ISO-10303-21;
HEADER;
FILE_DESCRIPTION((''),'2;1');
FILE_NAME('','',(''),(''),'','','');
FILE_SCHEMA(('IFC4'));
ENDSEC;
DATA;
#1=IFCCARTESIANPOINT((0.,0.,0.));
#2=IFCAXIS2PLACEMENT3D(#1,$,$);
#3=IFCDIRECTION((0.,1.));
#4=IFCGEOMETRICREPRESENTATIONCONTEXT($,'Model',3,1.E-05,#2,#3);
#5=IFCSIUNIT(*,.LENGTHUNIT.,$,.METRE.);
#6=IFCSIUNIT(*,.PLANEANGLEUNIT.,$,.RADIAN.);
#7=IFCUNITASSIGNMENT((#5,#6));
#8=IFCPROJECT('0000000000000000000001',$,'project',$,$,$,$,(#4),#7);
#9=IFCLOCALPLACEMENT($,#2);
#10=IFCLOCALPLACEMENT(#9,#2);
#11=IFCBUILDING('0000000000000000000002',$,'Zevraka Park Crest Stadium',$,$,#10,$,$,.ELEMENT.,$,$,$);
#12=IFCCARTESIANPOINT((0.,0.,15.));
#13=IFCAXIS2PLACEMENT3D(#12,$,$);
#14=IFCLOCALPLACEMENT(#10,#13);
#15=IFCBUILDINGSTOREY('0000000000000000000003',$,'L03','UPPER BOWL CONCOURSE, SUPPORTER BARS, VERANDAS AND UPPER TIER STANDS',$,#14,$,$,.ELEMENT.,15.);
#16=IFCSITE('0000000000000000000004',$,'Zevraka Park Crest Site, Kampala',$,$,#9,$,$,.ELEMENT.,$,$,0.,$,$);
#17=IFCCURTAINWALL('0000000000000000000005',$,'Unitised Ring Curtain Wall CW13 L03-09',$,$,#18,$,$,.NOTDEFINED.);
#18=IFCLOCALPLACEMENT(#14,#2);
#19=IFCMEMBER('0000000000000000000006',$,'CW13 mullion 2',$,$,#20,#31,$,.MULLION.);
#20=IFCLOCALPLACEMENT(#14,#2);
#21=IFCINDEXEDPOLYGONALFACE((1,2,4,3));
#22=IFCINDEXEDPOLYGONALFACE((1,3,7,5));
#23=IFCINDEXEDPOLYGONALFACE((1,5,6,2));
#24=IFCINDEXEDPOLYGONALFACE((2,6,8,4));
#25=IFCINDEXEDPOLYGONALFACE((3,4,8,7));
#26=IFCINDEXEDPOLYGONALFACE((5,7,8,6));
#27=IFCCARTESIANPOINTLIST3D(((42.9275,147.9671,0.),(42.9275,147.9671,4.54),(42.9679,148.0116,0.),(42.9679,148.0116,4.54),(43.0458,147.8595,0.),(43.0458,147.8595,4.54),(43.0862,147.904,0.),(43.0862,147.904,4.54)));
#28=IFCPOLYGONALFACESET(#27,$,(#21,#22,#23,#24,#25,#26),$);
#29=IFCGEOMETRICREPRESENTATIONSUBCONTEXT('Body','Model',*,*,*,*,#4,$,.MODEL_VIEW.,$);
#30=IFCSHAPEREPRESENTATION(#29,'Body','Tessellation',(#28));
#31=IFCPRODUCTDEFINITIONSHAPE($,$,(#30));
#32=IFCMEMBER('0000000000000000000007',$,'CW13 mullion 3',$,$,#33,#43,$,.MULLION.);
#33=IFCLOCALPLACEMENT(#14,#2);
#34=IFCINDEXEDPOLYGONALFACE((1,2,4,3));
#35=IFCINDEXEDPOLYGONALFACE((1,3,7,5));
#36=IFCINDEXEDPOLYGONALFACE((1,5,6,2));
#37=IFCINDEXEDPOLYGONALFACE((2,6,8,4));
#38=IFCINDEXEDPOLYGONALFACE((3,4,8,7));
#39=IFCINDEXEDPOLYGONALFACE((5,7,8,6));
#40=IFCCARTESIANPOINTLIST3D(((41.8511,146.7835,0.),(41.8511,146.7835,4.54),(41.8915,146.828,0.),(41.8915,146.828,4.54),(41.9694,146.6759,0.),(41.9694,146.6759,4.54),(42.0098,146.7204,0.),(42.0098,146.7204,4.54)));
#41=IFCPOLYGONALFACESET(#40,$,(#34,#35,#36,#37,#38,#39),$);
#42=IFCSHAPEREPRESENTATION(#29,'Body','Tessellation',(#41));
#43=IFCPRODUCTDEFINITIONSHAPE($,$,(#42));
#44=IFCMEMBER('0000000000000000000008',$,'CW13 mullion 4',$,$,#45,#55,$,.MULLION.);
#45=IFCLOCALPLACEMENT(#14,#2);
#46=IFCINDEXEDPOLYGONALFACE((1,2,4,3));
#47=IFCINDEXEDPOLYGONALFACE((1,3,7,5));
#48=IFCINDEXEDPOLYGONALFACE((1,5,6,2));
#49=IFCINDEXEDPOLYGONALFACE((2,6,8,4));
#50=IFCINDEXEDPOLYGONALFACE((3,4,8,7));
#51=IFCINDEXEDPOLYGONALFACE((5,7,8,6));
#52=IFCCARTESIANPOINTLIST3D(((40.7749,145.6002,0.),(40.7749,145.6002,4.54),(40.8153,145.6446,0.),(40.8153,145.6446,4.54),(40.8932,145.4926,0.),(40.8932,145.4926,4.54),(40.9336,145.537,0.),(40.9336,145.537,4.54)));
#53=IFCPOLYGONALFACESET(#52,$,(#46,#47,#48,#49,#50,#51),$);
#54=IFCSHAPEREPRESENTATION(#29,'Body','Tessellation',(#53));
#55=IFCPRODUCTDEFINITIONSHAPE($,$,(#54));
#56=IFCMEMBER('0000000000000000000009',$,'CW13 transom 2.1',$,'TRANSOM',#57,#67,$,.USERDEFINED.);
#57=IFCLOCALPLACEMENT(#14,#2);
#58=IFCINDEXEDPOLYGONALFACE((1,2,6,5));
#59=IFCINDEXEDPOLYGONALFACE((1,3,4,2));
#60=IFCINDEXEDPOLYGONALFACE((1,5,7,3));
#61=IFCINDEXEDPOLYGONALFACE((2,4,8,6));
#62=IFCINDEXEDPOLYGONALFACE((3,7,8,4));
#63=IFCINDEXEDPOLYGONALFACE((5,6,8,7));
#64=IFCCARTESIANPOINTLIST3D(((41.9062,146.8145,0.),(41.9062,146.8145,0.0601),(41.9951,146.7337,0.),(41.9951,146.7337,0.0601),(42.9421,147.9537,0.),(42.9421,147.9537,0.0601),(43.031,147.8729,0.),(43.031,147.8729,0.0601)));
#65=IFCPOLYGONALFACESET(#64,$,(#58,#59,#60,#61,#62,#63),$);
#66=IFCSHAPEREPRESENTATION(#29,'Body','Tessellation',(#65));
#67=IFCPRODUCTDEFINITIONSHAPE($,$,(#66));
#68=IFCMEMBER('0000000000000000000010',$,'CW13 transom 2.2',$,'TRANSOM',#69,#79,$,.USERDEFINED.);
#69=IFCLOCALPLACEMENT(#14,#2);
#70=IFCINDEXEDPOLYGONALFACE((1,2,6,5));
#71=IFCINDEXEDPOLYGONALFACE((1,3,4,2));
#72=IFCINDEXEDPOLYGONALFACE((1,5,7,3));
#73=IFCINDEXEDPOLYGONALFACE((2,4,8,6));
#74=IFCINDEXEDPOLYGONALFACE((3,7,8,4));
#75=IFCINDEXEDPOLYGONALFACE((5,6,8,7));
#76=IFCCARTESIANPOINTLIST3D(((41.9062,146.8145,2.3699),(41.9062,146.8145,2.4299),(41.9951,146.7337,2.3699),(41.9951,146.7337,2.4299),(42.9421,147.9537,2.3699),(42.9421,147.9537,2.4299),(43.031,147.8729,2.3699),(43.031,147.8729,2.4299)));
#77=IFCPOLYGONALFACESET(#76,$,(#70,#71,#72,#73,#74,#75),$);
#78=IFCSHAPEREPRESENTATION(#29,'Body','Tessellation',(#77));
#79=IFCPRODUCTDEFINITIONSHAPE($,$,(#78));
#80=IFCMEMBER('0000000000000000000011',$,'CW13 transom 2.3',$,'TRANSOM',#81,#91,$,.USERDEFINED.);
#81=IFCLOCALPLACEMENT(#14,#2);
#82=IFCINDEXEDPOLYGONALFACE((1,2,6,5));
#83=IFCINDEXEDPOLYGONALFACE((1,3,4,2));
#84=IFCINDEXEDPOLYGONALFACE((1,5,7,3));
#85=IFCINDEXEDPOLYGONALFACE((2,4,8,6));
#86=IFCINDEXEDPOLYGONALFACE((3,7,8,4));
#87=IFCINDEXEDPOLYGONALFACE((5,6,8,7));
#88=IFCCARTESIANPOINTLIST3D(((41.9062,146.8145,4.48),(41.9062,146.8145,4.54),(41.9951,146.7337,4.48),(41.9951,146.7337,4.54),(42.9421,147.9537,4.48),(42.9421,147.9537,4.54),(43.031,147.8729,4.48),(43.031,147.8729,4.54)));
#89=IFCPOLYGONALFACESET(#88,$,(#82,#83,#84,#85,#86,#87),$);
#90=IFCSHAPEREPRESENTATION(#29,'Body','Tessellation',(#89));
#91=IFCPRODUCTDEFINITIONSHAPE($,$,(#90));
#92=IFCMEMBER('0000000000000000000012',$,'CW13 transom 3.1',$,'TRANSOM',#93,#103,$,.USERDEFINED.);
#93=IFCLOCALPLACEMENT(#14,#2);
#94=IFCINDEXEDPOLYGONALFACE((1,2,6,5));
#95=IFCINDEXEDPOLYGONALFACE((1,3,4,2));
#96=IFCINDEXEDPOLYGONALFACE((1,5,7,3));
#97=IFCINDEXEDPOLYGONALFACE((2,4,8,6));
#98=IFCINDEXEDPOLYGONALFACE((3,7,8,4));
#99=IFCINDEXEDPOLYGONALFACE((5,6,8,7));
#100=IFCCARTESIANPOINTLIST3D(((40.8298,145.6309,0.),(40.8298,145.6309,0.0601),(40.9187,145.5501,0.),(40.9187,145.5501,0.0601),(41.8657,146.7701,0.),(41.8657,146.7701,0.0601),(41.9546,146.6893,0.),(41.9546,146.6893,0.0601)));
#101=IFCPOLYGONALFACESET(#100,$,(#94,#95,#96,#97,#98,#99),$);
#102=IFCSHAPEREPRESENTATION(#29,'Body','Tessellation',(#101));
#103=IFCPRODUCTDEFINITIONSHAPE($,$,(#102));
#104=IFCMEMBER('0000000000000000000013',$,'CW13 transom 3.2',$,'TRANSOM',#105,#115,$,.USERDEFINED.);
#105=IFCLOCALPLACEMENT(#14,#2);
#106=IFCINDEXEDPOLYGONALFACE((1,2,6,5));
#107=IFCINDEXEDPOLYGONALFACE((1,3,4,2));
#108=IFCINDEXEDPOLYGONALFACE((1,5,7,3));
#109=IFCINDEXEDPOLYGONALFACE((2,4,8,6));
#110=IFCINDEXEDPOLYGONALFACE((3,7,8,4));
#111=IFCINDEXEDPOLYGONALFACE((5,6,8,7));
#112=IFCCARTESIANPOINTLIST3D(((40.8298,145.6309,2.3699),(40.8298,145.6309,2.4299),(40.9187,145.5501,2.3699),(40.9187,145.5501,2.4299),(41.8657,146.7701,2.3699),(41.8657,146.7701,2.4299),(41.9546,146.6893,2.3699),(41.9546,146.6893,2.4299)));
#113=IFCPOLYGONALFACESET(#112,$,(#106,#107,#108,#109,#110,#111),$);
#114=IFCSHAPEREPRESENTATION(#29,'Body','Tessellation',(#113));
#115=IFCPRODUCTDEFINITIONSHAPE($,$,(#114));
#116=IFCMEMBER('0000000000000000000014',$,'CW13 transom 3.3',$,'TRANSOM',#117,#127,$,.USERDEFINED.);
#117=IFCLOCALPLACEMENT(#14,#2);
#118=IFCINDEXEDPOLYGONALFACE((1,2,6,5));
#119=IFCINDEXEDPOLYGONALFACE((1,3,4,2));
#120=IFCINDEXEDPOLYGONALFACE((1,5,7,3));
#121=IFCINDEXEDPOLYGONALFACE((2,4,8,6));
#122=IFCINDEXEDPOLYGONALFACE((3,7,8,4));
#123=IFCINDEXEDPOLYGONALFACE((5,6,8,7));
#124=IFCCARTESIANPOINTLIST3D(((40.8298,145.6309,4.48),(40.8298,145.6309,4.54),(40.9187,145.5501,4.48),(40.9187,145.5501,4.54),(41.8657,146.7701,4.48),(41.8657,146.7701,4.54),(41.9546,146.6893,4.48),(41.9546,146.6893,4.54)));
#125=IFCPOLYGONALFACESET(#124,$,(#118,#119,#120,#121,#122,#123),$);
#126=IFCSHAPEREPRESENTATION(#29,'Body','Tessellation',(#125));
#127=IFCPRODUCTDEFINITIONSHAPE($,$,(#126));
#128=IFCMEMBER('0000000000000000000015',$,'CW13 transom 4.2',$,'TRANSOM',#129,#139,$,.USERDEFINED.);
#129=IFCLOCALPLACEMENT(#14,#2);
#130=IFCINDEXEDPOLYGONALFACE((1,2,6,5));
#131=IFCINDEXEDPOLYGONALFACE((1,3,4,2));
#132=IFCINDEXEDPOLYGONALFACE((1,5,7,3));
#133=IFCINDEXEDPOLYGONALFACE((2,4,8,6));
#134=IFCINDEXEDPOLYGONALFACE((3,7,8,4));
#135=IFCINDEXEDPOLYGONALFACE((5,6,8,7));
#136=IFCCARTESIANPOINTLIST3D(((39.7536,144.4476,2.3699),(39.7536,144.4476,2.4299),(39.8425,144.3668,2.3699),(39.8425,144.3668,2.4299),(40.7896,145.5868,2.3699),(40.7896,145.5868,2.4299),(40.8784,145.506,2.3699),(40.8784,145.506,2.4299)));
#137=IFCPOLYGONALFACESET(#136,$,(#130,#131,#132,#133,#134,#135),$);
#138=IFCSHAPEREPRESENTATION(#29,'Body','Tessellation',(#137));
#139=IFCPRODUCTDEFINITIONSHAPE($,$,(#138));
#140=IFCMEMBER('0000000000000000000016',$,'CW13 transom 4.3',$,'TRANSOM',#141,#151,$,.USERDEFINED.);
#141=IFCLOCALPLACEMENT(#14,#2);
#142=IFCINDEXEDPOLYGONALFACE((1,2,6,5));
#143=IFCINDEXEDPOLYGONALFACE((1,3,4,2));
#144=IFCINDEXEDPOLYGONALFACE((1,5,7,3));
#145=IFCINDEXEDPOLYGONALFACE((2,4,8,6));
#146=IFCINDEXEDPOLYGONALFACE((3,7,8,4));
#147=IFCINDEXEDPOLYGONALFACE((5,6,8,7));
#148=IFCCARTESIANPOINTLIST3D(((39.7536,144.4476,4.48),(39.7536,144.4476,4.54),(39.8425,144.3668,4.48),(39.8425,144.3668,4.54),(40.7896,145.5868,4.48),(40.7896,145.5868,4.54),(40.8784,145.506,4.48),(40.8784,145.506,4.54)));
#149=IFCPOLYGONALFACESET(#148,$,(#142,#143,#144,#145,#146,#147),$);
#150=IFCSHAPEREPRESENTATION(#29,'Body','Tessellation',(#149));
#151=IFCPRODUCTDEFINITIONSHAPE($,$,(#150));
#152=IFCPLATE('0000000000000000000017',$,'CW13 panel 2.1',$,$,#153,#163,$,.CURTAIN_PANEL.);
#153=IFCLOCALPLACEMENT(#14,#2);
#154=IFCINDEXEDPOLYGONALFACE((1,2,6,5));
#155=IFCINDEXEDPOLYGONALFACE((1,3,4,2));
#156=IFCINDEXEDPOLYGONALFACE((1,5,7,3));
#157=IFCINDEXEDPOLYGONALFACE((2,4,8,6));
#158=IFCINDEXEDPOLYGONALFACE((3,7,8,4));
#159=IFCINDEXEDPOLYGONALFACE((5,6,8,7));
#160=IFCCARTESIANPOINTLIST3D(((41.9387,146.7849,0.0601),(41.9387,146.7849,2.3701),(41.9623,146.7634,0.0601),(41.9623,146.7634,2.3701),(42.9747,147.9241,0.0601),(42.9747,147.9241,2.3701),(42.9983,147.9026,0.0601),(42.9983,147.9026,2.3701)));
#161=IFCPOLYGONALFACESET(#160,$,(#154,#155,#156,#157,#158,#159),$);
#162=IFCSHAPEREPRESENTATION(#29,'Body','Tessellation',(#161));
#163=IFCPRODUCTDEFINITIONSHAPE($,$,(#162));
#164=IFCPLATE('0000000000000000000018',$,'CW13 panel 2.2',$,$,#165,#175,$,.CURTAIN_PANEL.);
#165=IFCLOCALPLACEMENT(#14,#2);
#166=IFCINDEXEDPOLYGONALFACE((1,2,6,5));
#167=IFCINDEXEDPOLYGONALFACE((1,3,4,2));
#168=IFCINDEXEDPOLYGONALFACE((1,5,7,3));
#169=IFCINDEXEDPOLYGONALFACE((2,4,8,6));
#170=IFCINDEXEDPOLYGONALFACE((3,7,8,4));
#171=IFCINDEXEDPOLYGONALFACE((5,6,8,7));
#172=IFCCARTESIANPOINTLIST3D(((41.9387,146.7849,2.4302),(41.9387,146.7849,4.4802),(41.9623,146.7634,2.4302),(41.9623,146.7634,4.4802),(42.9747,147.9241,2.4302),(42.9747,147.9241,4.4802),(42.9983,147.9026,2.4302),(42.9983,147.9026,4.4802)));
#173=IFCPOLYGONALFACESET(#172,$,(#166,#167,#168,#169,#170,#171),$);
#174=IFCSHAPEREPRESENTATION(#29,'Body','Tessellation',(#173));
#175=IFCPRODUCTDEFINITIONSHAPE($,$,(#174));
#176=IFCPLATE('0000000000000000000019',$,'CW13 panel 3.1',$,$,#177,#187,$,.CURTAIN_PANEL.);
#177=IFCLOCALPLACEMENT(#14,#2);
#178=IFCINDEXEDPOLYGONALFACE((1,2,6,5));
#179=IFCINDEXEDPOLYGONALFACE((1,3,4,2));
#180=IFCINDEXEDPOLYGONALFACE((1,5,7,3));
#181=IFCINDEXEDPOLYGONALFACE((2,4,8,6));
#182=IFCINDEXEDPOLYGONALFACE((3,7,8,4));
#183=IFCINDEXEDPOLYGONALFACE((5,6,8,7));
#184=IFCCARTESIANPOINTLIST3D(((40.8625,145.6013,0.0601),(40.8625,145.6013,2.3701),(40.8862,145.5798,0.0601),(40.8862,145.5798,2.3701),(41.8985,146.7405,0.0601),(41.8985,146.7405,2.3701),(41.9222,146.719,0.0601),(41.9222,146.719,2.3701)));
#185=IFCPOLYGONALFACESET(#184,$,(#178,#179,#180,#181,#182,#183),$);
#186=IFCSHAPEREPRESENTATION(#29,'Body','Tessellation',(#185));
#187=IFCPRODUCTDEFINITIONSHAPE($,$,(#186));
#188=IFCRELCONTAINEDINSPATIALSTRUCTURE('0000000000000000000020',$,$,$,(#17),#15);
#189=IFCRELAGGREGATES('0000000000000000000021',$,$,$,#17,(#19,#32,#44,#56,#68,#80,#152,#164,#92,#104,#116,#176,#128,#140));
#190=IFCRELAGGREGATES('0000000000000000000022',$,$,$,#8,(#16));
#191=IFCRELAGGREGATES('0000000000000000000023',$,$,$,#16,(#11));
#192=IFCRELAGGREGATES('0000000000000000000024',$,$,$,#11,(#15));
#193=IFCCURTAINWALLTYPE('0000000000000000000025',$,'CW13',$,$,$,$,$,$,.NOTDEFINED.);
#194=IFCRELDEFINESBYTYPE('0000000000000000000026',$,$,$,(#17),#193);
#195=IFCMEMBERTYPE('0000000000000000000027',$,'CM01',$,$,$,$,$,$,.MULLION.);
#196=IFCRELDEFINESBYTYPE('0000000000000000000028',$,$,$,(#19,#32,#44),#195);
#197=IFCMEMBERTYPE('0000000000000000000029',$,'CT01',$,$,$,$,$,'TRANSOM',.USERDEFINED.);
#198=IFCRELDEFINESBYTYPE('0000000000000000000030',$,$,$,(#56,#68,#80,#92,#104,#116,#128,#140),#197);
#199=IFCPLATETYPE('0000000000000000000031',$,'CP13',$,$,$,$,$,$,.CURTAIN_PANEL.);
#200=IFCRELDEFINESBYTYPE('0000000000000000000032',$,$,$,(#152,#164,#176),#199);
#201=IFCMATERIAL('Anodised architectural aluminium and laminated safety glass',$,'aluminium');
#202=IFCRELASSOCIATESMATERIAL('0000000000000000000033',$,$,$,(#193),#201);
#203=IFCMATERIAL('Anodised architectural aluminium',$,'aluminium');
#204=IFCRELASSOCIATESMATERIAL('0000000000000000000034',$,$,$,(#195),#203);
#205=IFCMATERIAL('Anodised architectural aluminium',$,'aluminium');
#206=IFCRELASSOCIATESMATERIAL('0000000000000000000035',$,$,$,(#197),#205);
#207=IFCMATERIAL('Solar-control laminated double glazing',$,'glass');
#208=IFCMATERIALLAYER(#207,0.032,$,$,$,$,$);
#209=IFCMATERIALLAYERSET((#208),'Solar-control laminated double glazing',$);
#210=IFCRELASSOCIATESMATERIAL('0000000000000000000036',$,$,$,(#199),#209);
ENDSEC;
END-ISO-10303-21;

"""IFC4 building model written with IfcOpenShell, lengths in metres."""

from ifc_helpers import new_model, si_unit, direction, frame, origin, origin_2d, place, context, subcontext, project, spatial, rectangle, extrude, material, layer, layer_set, material_profile, profile_set, type_object, element, aggregate, save


model = new_model("IFC4")

# Units and contexts
model_context = context("Model", 3, precision=1e-05, world=origin(), true_north=direction((0.0, 1.0)))
body_context = subcontext(model_context, "Body", "Model", "MODEL_VIEW")
ifc_project = project(units=[si_unit("LENGTHUNIT", "METRE"), si_unit("PLANEANGLEUNIT", "RADIAN")], contexts=[model_context])

# Site, building, storey
site_placement = place(None, origin())
site = spatial("IfcSite", under=ifc_project, at=site_placement, Name="Zevraka Park Crest Site, Kampala", CompositionType="ELEMENT", RefElevation=0.0)
building_placement = place(site_placement, origin())
building = spatial("IfcBuilding", under=site, at=building_placement, Name="Zevraka Park Crest Stadium", CompositionType="ELEMENT")
storey_placement = place(building_placement, frame((0.0, 0.0, 15.0)))
storey = spatial("IfcBuildingStorey", under=building, at=storey_placement, Name="L03", Description="UPPER BOWL CONCOURSE, SUPPORTER BARS, VERANDAS AND UPPER TIER STANDS", CompositionType="ELEMENT", Elevation=15.0)

# Curtain wall, members, plates
ifc_material_1 = material(Name="Anodised architectural aluminium and laminated safety glass", Category="aluminium")
curtain_wall_type = type_object("IfcCurtainWallType", Name="CW13", PredefinedType="NOTDEFINED", material=ifc_material_1)
curtain_wall_placement = place(storey_placement, origin())
curtain_wall = element("IfcCurtainWall", 1, at=curtain_wall_placement, inside=storey, type_object=curtain_wall_type, Name="Unitised Ring Curtain Wall CW13 L03-09", PredefinedType="NOTDEFINED")
ifc_material_2 = material(Name="Anodised architectural aluminium", Category="aluminium")
ifc_material_profile_1 = material_profile(ifc_material_2, rectangle(XDim=0.1599, YDim=0.0601, at=origin_2d()), Name="ALU MULLION 160x60")
ifc_profile_set_1 = profile_set([ifc_material_profile_1], Name="Anodised architectural aluminium")
member_type_1 = type_object("IfcMemberType", Name="CM01", PredefinedType="MULLION", material=ifc_profile_set_1)
member_1_placement = place(storey_placement, frame((43.0068, 147.9355, 0.0), z_axis=(0.0, 0.0, 1.0), x_axis=(0.739823, -0.672802, 0.0)))
member_1 = element("IfcMember", 2, at=member_1_placement, type_object=member_type_1, Name="CW13 mullion 2", PredefinedType="MULLION", context=body_context, shape_type="SweptSolid", body=[
    extrude(rectangle(XDim=0.1599, YDim=0.0601, at=origin_2d()), origin(), (0.0, 0.0, 1.0), 4.54),
])
member_2_placement = place(storey_placement, frame((41.9304, 146.752, 0.0), z_axis=(0.0, 0.0, 1.0), x_axis=(0.739823, -0.672802, 0.0)))
member_2 = element("IfcMember", 3, at=member_2_placement, type_object=member_type_1, Name="CW13 mullion 3", PredefinedType="MULLION", context=body_context, shape_type="SweptSolid", body=[
    extrude(rectangle(XDim=0.1599, YDim=0.0601, at=origin_2d()), origin(), (0.0, 0.0, 1.0), 4.54),
])
member_3_placement = place(storey_placement, frame((40.8542, 145.5686, 0.0), z_axis=(0.0, 0.0, 1.0), x_axis=(0.739823, -0.672802, 0.0)))
member_3 = element("IfcMember", 4, at=member_3_placement, type_object=member_type_1, Name="CW13 mullion 4", PredefinedType="MULLION", context=body_context, shape_type="SweptSolid", body=[
    extrude(rectangle(XDim=0.1599, YDim=0.0601, at=origin_2d()), origin(), (0.0, 0.0, 1.0), 4.54),
])
ifc_material_3 = material(Name="Anodised architectural aluminium", Category="aluminium")
ifc_material_profile_2 = material_profile(ifc_material_3, rectangle(XDim=0.1201, YDim=0.0601, at=origin_2d()), Name="ALU TRANSOM 120x60")
ifc_profile_set_2 = profile_set([ifc_material_profile_2], Name="Anodised architectural aluminium")
member_type_2 = type_object("IfcMemberType", Name="CT01", ElementType="TRANSOM", PredefinedType="USERDEFINED", material=ifc_profile_set_2)
member_4_placement = place(storey_placement, frame((42.9866, 147.9133, 0.03), z_axis=(-0.672775, -0.739847, 0.0), x_axis=(0.739847, -0.672775, 0.0)))
member_4 = element("IfcMember", 5, at=member_4_placement, type_object=member_type_2, Name="CW13 transom 2.1", ObjectType="TRANSOM", PredefinedType="USERDEFINED", context=body_context, shape_type="SweptSolid", body=[
    extrude(rectangle(XDim=0.1201, YDim=0.0601, at=origin_2d()), origin(), (0.0, 0.0, 1.0), 1.5398),
])
member_5_placement = place(storey_placement, frame((42.9866, 147.9133, 2.3999), z_axis=(-0.672775, -0.739847, 0.0), x_axis=(0.739847, -0.672775, 0.0)))
member_5 = element("IfcMember", 6, at=member_5_placement, type_object=member_type_2, Name="CW13 transom 2.2", ObjectType="TRANSOM", PredefinedType="USERDEFINED", context=body_context, shape_type="SweptSolid", body=[
    extrude(rectangle(XDim=0.1201, YDim=0.0601, at=origin_2d()), origin(), (0.0, 0.0, 1.0), 1.5398),
])
member_6_placement = place(storey_placement, frame((42.9866, 147.9133, 4.51), z_axis=(-0.672775, -0.739847, 0.0), x_axis=(0.739847, -0.672775, 0.0)))
member_6 = element("IfcMember", 7, at=member_6_placement, type_object=member_type_2, Name="CW13 transom 2.3", ObjectType="TRANSOM", PredefinedType="USERDEFINED", context=body_context, shape_type="SweptSolid", body=[
    extrude(rectangle(XDim=0.1201, YDim=0.0601, at=origin_2d()), origin(), (0.0, 0.0, 1.0), 1.5398),
])
member_7_placement = place(storey_placement, frame((41.9102, 146.7297, 0.03), z_axis=(-0.672775, -0.739847, 0.0), x_axis=(0.739847, -0.672775, 0.0)))
member_7 = element("IfcMember", 8, at=member_7_placement, type_object=member_type_2, Name="CW13 transom 3.1", ObjectType="TRANSOM", PredefinedType="USERDEFINED", context=body_context, shape_type="SweptSolid", body=[
    extrude(rectangle(XDim=0.1201, YDim=0.0601, at=origin_2d()), origin(), (0.0, 0.0, 1.0), 1.5398),
])
member_8_placement = place(storey_placement, frame((41.9102, 146.7297, 2.3999), z_axis=(-0.672775, -0.739847, 0.0), x_axis=(0.739847, -0.672775, 0.0)))
member_8 = element("IfcMember", 9, at=member_8_placement, type_object=member_type_2, Name="CW13 transom 3.2", ObjectType="TRANSOM", PredefinedType="USERDEFINED", context=body_context, shape_type="SweptSolid", body=[
    extrude(rectangle(XDim=0.1201, YDim=0.0601, at=origin_2d()), origin(), (0.0, 0.0, 1.0), 1.5398),
])
member_9_placement = place(storey_placement, frame((41.9102, 146.7297, 4.51), z_axis=(-0.672775, -0.739847, 0.0), x_axis=(0.739847, -0.672775, 0.0)))
member_9 = element("IfcMember", 10, at=member_9_placement, type_object=member_type_2, Name="CW13 transom 3.3", ObjectType="TRANSOM", PredefinedType="USERDEFINED", context=body_context, shape_type="SweptSolid", body=[
    extrude(rectangle(XDim=0.1201, YDim=0.0601, at=origin_2d()), origin(), (0.0, 0.0, 1.0), 1.5398),
])
member_10_placement = place(storey_placement, frame((40.834, 145.5464, 2.3999), z_axis=(-0.672775, -0.739847, 0.0), x_axis=(0.739847, -0.672775, 0.0)))
member_10 = element("IfcMember", 11, at=member_10_placement, type_object=member_type_2, Name="CW13 transom 4.2", ObjectType="TRANSOM", PredefinedType="USERDEFINED", context=body_context, shape_type="SweptSolid", body=[
    extrude(rectangle(XDim=0.1201, YDim=0.0601, at=origin_2d()), origin(), (0.0, 0.0, 1.0), 1.5398),
])
member_11_placement = place(storey_placement, frame((40.834, 145.5464, 4.51), z_axis=(-0.672775, -0.739847, 0.0), x_axis=(0.739847, -0.672775, 0.0)))
member_11 = element("IfcMember", 12, at=member_11_placement, type_object=member_type_2, Name="CW13 transom 4.3", ObjectType="TRANSOM", PredefinedType="USERDEFINED", context=body_context, shape_type="SweptSolid", body=[
    extrude(rectangle(XDim=0.1201, YDim=0.0601, at=origin_2d()), origin(), (0.0, 0.0, 1.0), 1.5398),
])
ifc_material_4 = material(Name="Solar-control laminated double glazing", Category="glass")
ifc_layer_1 = layer(ifc_material_4, 0.032)
ifc_layer_set_1 = layer_set([ifc_layer_1], Name="Solar-control laminated double glazing")
plate_type = type_object("IfcPlateType", Name="CP13", PredefinedType="CURTAIN_PANEL", material=ifc_layer_set_1)
plate_1_placement = place(storey_placement, frame((42.4685, 147.3438, 0.0601), z_axis=(0.0, 0.0, 1.0), x_axis=(-0.672802, -0.739823, 0.0)))
plate_1 = element("IfcPlate", 13, at=plate_1_placement, type_object=plate_type, Name="CW13 panel 2.1", PredefinedType="CURTAIN_PANEL", context=body_context, shape_type="SweptSolid", body=[
    extrude(rectangle(XDim=1.5398, YDim=0.032, at=origin_2d()), origin(), (0.0, 0.0, 1.0), 2.3101),
])
plate_2_placement = place(storey_placement, frame((42.4685, 147.3438, 2.4302), z_axis=(0.0, 0.0, 1.0), x_axis=(-0.672802, -0.739823, 0.0)))
plate_2 = element("IfcPlate", 14, at=plate_2_placement, type_object=plate_type, Name="CW13 panel 2.2", PredefinedType="CURTAIN_PANEL", context=body_context, shape_type="SweptSolid", body=[
    extrude(rectangle(XDim=1.5398, YDim=0.032, at=origin_2d()), origin(), (0.0, 0.0, 1.0), 2.05),
])
plate_3_placement = place(storey_placement, frame((41.3923, 146.1602, 0.0601), z_axis=(0.0, 0.0, 1.0), x_axis=(-0.672802, -0.739823, 0.0)))
plate_3 = element("IfcPlate", 15, at=plate_3_placement, type_object=plate_type, Name="CW13 panel 3.1", PredefinedType="CURTAIN_PANEL", context=body_context, shape_type="SweptSolid", body=[
    extrude(rectangle(XDim=1.5398, YDim=0.032, at=origin_2d()), origin(), (0.0, 0.0, 1.0), 2.3101),
])
aggregate(curtain_wall, [member_1, member_2, member_3, member_4, member_5, member_6, plate_1, plate_2, member_7, member_8, member_9, plate_3, member_10, member_11])

save(model, "model.ifc")
